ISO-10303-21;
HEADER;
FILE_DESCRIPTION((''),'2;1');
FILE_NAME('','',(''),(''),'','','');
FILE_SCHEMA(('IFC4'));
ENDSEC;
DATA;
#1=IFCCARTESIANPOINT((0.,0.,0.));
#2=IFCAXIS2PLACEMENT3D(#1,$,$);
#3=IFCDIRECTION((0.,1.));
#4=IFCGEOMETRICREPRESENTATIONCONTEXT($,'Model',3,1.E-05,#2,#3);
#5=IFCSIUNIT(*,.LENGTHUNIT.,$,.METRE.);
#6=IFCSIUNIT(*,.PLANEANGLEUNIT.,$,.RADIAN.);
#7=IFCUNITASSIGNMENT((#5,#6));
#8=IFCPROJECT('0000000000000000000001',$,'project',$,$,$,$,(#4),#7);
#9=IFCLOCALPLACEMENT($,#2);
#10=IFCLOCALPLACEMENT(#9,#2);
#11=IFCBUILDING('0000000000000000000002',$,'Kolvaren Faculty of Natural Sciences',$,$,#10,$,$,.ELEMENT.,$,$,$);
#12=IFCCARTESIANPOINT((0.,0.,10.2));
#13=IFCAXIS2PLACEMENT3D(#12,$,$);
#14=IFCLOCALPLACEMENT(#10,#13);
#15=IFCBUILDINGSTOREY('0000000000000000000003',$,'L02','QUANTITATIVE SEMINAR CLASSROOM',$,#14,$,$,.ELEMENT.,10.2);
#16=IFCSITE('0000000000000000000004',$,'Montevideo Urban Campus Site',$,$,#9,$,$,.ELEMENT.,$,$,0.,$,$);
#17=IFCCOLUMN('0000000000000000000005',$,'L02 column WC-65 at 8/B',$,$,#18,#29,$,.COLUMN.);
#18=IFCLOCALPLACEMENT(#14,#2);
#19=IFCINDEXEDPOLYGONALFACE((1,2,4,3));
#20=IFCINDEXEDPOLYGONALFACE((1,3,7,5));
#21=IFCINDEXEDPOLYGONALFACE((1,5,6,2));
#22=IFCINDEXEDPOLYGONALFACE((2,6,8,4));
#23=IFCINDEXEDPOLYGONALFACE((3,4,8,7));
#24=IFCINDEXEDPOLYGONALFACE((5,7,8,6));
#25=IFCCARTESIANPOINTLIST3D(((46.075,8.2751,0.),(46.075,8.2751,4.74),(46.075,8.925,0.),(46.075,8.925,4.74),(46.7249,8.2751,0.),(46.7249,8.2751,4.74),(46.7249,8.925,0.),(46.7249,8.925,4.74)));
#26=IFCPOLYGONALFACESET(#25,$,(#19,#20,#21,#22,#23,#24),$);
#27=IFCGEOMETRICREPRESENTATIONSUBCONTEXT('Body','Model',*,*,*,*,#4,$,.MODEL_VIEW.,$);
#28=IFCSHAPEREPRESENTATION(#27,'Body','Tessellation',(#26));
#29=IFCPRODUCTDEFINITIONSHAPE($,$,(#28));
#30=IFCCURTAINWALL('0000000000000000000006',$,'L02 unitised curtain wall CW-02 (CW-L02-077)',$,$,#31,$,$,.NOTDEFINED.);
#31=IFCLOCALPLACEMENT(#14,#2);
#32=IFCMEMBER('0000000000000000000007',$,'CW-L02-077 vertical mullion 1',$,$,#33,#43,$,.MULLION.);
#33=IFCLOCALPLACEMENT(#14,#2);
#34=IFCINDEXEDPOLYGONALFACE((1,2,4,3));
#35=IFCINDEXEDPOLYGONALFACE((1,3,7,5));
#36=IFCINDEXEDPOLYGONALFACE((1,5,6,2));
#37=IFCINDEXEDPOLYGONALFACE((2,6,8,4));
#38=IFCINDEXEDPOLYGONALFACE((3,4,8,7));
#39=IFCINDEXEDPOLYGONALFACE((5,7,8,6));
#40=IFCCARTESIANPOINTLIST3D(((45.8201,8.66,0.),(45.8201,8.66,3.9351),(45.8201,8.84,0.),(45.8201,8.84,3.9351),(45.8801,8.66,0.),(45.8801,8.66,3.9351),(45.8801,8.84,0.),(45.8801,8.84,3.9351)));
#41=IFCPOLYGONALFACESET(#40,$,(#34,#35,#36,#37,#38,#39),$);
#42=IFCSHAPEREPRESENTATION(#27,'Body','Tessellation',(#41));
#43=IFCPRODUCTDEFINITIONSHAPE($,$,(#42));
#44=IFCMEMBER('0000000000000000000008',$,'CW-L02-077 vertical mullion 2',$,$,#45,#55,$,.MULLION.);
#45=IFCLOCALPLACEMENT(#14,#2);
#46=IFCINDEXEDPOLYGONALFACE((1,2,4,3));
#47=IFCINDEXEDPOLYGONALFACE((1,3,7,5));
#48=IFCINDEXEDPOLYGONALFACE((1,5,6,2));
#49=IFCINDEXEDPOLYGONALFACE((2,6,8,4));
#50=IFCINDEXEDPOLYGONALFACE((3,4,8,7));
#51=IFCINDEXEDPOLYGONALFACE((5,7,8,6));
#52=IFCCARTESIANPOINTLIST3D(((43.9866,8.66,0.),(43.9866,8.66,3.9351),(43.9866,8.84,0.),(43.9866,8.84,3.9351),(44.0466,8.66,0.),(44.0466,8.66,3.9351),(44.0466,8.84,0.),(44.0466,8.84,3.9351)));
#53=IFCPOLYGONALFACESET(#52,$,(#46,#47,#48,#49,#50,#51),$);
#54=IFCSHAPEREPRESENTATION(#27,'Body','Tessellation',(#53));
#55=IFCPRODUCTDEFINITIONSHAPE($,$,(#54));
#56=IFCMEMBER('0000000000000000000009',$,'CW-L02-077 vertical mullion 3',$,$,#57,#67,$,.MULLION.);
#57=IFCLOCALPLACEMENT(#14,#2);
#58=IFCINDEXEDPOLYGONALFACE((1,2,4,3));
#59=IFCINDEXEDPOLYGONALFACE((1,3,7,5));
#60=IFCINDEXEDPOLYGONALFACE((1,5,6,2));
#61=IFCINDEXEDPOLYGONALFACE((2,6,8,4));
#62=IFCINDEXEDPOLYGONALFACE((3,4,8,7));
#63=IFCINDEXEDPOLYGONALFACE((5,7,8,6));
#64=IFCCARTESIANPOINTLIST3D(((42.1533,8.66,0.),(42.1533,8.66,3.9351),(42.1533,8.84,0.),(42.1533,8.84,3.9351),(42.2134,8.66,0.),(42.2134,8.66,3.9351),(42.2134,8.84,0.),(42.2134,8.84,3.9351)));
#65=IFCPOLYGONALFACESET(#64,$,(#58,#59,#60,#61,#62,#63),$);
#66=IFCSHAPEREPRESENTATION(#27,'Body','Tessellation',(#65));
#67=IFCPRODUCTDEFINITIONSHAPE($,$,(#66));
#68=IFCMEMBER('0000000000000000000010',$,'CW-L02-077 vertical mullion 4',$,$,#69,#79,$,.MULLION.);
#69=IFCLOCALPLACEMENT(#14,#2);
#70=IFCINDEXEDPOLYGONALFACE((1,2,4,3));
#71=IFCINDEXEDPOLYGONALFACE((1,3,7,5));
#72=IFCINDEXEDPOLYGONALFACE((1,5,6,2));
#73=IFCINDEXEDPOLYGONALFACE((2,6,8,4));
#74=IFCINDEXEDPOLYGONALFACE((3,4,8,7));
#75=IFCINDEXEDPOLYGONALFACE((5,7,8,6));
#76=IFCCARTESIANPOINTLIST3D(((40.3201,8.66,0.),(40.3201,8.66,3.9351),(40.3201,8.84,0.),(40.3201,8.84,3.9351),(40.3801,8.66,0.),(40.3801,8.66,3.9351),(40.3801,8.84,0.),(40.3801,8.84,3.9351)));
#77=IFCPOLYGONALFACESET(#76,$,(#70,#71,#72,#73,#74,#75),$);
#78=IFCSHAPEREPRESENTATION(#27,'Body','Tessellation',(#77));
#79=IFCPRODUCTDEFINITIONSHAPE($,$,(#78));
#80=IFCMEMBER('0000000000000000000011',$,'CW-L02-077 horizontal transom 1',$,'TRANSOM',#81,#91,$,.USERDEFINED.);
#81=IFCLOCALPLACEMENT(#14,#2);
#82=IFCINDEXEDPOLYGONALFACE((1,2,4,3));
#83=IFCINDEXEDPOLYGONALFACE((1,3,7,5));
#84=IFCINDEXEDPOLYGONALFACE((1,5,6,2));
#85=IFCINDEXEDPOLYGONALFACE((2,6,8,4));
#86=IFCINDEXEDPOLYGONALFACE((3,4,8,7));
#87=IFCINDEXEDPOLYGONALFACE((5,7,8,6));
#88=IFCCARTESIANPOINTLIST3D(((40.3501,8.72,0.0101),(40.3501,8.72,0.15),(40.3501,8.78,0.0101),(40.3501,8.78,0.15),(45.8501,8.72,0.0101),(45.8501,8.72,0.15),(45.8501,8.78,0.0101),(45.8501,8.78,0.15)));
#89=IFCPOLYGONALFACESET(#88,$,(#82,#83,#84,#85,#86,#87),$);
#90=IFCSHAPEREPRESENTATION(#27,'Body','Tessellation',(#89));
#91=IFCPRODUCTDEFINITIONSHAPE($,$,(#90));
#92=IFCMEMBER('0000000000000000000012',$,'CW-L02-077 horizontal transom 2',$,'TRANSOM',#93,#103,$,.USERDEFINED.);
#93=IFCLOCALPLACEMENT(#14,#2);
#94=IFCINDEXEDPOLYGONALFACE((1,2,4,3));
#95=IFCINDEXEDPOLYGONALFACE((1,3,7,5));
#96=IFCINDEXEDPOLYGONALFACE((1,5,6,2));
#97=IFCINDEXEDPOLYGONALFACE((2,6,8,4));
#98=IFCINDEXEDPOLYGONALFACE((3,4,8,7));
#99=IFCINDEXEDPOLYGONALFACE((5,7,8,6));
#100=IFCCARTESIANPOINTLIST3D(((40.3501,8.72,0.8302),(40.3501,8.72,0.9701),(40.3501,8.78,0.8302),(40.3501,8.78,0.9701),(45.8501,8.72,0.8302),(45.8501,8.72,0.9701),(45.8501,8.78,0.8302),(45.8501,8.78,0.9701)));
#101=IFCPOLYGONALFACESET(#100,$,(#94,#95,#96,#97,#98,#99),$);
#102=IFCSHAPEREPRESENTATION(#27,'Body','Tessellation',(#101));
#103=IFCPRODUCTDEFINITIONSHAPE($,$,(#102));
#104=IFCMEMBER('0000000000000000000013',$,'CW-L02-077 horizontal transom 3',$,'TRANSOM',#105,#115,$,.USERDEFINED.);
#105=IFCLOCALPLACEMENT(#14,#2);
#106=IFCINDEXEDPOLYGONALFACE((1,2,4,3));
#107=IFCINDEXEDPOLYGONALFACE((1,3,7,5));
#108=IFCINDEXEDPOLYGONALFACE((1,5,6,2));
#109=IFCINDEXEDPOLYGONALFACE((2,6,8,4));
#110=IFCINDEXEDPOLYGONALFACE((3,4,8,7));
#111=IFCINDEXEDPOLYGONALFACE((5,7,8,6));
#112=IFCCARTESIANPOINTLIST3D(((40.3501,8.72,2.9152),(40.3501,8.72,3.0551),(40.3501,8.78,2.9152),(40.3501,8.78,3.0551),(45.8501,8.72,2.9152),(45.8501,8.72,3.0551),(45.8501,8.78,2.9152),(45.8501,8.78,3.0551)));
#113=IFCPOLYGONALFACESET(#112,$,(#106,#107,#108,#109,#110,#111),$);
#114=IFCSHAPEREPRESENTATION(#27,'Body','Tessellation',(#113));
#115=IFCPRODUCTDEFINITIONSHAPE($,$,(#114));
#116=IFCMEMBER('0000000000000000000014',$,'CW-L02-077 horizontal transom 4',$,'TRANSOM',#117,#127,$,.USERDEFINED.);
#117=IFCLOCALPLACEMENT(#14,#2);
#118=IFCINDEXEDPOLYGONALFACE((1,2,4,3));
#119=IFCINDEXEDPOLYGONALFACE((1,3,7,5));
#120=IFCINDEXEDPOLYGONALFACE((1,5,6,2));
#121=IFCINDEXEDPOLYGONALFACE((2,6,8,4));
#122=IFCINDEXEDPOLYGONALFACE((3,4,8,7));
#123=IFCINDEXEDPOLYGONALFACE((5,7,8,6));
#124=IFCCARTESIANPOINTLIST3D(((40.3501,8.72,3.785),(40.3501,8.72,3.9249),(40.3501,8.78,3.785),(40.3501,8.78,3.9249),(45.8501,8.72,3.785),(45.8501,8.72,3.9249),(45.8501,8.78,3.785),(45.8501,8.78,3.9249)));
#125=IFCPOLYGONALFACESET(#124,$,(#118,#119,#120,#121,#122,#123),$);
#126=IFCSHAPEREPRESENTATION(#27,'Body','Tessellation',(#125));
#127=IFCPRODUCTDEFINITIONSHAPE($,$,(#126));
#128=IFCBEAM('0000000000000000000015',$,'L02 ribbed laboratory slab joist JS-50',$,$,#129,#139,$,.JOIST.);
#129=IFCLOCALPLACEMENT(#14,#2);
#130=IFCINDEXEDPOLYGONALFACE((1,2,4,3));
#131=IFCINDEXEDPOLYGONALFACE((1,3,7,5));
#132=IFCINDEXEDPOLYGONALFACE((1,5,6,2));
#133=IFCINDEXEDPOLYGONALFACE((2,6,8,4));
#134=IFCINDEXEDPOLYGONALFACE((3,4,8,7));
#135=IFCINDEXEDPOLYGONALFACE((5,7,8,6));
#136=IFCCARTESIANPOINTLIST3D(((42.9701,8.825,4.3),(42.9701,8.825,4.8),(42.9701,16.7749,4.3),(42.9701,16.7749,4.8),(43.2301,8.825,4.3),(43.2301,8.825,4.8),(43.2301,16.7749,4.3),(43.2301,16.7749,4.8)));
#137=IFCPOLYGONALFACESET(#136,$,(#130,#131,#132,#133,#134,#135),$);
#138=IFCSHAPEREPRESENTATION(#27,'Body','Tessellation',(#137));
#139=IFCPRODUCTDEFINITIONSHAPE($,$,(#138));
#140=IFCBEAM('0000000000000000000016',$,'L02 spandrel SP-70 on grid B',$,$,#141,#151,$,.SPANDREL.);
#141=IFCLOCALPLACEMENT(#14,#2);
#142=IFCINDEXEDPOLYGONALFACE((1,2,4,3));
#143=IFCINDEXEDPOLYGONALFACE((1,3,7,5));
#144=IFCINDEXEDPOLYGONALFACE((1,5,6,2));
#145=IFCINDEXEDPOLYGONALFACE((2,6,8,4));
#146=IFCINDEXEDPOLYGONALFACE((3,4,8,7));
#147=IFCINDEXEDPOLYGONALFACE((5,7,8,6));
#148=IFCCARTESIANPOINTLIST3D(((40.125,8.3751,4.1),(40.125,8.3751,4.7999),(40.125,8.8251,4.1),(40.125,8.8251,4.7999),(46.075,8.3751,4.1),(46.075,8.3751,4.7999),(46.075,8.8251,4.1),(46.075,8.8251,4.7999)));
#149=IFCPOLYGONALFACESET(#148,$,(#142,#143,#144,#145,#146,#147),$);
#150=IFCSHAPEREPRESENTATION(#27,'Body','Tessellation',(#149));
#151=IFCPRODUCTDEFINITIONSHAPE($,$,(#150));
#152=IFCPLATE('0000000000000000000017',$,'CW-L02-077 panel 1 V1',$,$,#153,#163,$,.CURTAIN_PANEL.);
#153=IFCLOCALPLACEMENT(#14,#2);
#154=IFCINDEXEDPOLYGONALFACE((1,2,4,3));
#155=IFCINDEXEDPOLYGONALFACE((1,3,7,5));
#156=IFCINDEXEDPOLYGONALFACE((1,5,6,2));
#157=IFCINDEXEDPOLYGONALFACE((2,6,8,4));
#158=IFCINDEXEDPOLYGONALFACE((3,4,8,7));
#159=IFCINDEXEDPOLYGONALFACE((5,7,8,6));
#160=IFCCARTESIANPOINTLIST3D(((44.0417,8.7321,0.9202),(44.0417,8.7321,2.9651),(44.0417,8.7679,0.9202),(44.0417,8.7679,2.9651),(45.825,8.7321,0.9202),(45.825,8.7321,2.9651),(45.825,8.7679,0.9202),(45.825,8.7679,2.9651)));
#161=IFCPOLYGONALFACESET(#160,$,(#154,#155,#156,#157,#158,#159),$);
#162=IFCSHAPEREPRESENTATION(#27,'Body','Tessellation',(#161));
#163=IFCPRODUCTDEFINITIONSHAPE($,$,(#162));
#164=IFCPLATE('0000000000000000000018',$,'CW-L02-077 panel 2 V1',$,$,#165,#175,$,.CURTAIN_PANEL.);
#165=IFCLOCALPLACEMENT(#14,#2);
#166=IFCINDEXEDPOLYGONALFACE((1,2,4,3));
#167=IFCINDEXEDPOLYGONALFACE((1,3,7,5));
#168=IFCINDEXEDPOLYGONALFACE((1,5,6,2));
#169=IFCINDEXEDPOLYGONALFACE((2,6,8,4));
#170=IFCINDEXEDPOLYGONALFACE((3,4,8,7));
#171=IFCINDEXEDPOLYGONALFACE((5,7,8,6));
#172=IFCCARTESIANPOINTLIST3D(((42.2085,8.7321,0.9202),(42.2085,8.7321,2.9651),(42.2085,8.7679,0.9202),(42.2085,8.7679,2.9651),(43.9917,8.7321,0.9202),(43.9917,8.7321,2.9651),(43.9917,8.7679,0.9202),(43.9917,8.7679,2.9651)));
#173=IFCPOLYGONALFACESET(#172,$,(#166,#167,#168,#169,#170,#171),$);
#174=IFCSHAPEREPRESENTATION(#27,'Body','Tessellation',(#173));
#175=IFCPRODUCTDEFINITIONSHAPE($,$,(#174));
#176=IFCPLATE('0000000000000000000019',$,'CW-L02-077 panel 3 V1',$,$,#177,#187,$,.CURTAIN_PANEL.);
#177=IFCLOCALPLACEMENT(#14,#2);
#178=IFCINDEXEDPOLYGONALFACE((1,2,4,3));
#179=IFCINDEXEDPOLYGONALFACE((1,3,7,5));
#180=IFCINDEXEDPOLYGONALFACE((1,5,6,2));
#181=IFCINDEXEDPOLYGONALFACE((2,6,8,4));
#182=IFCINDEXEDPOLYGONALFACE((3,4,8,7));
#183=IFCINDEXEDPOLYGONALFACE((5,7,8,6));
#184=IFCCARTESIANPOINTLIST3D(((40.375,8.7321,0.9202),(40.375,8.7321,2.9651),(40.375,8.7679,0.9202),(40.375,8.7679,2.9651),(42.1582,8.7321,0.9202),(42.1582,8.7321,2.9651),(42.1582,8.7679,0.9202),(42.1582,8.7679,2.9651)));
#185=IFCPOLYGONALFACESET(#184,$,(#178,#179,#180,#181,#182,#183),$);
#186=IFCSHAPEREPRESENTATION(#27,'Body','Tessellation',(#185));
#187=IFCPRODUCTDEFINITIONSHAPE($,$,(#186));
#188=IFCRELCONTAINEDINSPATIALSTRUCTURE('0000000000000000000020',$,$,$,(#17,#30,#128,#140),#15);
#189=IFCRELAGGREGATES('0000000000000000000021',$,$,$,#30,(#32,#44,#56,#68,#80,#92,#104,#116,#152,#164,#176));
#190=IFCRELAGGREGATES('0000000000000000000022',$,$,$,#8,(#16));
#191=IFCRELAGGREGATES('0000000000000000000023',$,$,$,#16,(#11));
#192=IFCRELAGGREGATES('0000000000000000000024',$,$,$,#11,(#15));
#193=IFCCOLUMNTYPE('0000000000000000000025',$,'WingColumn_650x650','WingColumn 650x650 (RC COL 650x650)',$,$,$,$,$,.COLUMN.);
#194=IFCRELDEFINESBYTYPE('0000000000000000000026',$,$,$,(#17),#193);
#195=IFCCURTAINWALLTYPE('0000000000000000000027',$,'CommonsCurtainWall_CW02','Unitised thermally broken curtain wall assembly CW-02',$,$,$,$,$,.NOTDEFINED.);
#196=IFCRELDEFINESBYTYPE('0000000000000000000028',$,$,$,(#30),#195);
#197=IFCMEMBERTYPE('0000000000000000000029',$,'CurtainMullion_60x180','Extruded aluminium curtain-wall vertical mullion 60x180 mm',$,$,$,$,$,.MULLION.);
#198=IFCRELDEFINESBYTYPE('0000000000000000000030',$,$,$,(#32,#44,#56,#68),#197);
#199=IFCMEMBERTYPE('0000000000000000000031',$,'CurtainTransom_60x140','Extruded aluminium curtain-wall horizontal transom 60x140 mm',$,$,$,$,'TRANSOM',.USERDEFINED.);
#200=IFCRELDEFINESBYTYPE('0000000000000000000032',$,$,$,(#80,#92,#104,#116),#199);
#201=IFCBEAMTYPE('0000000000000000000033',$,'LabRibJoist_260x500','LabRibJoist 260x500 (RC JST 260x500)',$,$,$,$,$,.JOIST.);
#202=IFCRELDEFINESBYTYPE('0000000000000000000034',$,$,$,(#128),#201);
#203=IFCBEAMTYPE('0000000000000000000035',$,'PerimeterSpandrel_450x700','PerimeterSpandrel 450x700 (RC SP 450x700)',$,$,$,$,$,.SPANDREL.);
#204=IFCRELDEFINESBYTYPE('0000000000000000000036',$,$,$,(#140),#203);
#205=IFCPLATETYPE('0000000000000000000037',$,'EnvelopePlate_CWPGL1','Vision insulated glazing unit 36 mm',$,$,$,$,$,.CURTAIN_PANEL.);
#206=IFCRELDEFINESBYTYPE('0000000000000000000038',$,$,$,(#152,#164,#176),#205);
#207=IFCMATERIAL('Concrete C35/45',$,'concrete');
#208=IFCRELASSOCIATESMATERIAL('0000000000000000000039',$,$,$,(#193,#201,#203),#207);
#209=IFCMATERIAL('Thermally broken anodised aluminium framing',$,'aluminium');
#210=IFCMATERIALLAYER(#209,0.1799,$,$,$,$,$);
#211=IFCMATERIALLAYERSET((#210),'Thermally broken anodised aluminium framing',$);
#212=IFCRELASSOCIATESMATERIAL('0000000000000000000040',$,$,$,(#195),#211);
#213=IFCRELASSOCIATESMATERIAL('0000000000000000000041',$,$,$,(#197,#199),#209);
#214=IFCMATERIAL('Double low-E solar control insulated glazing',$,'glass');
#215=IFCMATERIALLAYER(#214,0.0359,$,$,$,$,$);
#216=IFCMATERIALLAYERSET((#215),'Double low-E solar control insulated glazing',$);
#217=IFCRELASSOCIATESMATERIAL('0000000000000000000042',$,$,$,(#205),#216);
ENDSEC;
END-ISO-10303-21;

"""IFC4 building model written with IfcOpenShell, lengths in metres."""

from ifc_helpers import new_model, si_unit, direction, frame, origin, origin_2d, place, context, subcontext, project, spatial, rectangle, extrude, material, layer, layer_set, material_profile, profile_set, type_object, element, aggregate, save


model = new_model("IFC4")

# Units and contexts
model_context = context("Model", 3, precision=1e-05, world=origin(), true_north=direction((0.0, 1.0)))
body_context = subcontext(model_context, "Body", "Model", "MODEL_VIEW")
ifc_project = project(units=[si_unit("LENGTHUNIT", "METRE"), si_unit("PLANEANGLEUNIT", "RADIAN")], contexts=[model_context])

# Site, building, storey
site_placement = place(None, origin())
site = spatial("IfcSite", under=ifc_project, at=site_placement, Name="Montevideo Urban Campus Site", CompositionType="ELEMENT", RefElevation=0.0)
building_placement = place(site_placement, origin())
building = spatial("IfcBuilding", under=site, at=building_placement, Name="Kolvaren Faculty of Natural Sciences", CompositionType="ELEMENT")
storey_placement = place(building_placement, frame((0.0, 0.0, 10.2)))
storey = spatial("IfcBuildingStorey", under=building, at=storey_placement, Name="L02", Description="QUANTITATIVE SEMINAR CLASSROOM", CompositionType="ELEMENT", Elevation=10.2)

# Column
ifc_material_1 = material(Name="Concrete C35/45", Category="concrete")
ifc_material_profile_1 = material_profile(ifc_material_1, rectangle(XDim=0.6499, YDim=0.6499, at=origin_2d()), Name="RC COL 650x650")
ifc_profile_set_1 = profile_set([ifc_material_profile_1], Name="Concrete C35/45")
column_type = type_object("IfcColumnType", Name="WingColumn_650x650", Description="WingColumn 650x650 (RC COL 650x650)", PredefinedType="COLUMN", material=ifc_profile_set_1)
column_placement = place(storey_placement, frame((46.3999, 8.6001, 0.0), z_axis=(0.0, 0.0, 1.0), x_axis=(1.0, 0.0, 0.0)))
element("IfcColumn", 1, at=column_placement, inside=storey, type_object=column_type, Name="L02 column WC-65 at 8/B", PredefinedType="COLUMN", context=body_context, shape_type="SweptSolid", body=[
    extrude(rectangle(XDim=0.6499, YDim=0.6499, at=origin_2d()), origin(), (0.0, 0.0, 1.0), 4.74),
])

# Curtain wall, members
ifc_material_2 = material(Name="Thermally broken anodised aluminium framing", Category="aluminium")
ifc_layer_1 = layer(ifc_material_2, 0.1799)
ifc_layer_set_1 = layer_set([ifc_layer_1], Name="Thermally broken anodised aluminium framing")
curtain_wall_type = type_object("IfcCurtainWallType", Name="CommonsCurtainWall_CW02", Description="Unitised thermally broken curtain wall assembly CW-02", PredefinedType="NOTDEFINED", material=ifc_layer_set_1)
curtain_wall_placement = place(storey_placement, origin())
curtain_wall = element("IfcCurtainWall", 2, at=curtain_wall_placement, inside=storey, type_object=curtain_wall_type, Name="L02 unitised curtain wall CW-02 (CW-L02-077)", PredefinedType="NOTDEFINED")
ifc_material_profile_2 = material_profile(ifc_material_2, rectangle(XDim=0.0601, YDim=0.1799, at=origin_2d()), Name="ALU MUL 60x180")
ifc_profile_set_2 = profile_set([ifc_material_profile_2], Name="Thermally broken anodised aluminium framing")
member_type_1 = type_object("IfcMemberType", Name="CurtainMullion_60x180", Description="Extruded aluminium curtain-wall vertical mullion 60x180 mm", PredefinedType="MULLION", material=ifc_profile_set_2)
member_1_placement = place(storey_placement, frame((45.8501, 8.75, 0.0), z_axis=(0.0, 0.0, 1.0), x_axis=(-1.0, 0.0, 0.0)))
member_1 = element("IfcMember", 3, at=member_1_placement, type_object=member_type_1, Name="CW-L02-077 vertical mullion 1", PredefinedType="MULLION", context=body_context, shape_type="SweptSolid", body=[
    extrude(rectangle(XDim=0.0601, YDim=0.1799, at=origin_2d()), origin(), (0.0, 0.0, 1.0), 3.9351),
])
member_2_placement = place(storey_placement, frame((44.0166, 8.75, 0.0), z_axis=(0.0, 0.0, 1.0), x_axis=(-1.0, 0.0, 0.0)))
member_2 = element("IfcMember", 4, at=member_2_placement, type_object=member_type_1, Name="CW-L02-077 vertical mullion 2", PredefinedType="MULLION", context=body_context, shape_type="SweptSolid", body=[
    extrude(rectangle(XDim=0.0601, YDim=0.1799, at=origin_2d()), origin(), (0.0, 0.0, 1.0), 3.9351),
])
member_3_placement = place(storey_placement, frame((42.1833, 8.75, 0.0), z_axis=(0.0, 0.0, 1.0), x_axis=(-1.0, 0.0, 0.0)))
member_3 = element("IfcMember", 5, at=member_3_placement, type_object=member_type_1, Name="CW-L02-077 vertical mullion 3", PredefinedType="MULLION", context=body_context, shape_type="SweptSolid", body=[
    extrude(rectangle(XDim=0.0601, YDim=0.1799, at=origin_2d()), origin(), (0.0, 0.0, 1.0), 3.9351),
])
member_4_placement = place(storey_placement, frame((40.3501, 8.75, 0.0), z_axis=(0.0, 0.0, 1.0), x_axis=(-1.0, 0.0, 0.0)))
member_4 = element("IfcMember", 6, at=member_4_placement, type_object=member_type_1, Name="CW-L02-077 vertical mullion 4", PredefinedType="MULLION", context=body_context, shape_type="SweptSolid", body=[
    extrude(rectangle(XDim=0.0601, YDim=0.1799, at=origin_2d()), origin(), (0.0, 0.0, 1.0), 3.9351),
])
ifc_material_profile_3 = material_profile(ifc_material_2, rectangle(XDim=0.0601, YDim=0.1399, at=origin_2d()), Name="ALU TRN 60x140")
ifc_profile_set_3 = profile_set([ifc_material_profile_3], Name="Thermally broken anodised aluminium framing")
member_type_2 = type_object("IfcMemberType", Name="CurtainTransom_60x140", Description="Extruded aluminium curtain-wall horizontal transom 60x140 mm", ElementType="TRANSOM", PredefinedType="USERDEFINED", material=ifc_profile_set_3)
member_5_placement = place(storey_placement, frame((45.8501, 8.75, 0.0801), z_axis=(-1.0, 0.0, 0.0), x_axis=(0.0, -1.0, 0.0)))
member_5 = element("IfcMember", 7, at=member_5_placement, type_object=member_type_2, Name="CW-L02-077 horizontal transom 1", ObjectType="TRANSOM", PredefinedType="USERDEFINED", context=body_context, shape_type="SweptSolid", body=[
    extrude(rectangle(XDim=0.0601, YDim=0.1399, at=origin_2d()), origin(), (0.0, 0.0, 1.0), 5.5),
])
member_6_placement = place(storey_placement, frame((45.8501, 8.75, 0.9001), z_axis=(-1.0, 0.0, 0.0), x_axis=(0.0, -1.0, 0.0)))
member_6 = element("IfcMember", 8, at=member_6_placement, type_object=member_type_2, Name="CW-L02-077 horizontal transom 2", ObjectType="TRANSOM", PredefinedType="USERDEFINED", context=body_context, shape_type="SweptSolid", body=[
    extrude(rectangle(XDim=0.0601, YDim=0.1399, at=origin_2d()), origin(), (0.0, 0.0, 1.0), 5.5),
])
member_7_placement = place(storey_placement, frame((45.8501, 8.75, 2.9851), z_axis=(-1.0, 0.0, 0.0), x_axis=(0.0, -1.0, 0.0)))
member_7 = element("IfcMember", 9, at=member_7_placement, type_object=member_type_2, Name="CW-L02-077 horizontal transom 3", ObjectType="TRANSOM", PredefinedType="USERDEFINED", context=body_context, shape_type="SweptSolid", body=[
    extrude(rectangle(XDim=0.0601, YDim=0.1399, at=origin_2d()), origin(), (0.0, 0.0, 1.0), 5.5),
])
member_8_placement = place(storey_placement, frame((45.8501, 8.75, 3.855), z_axis=(-1.0, 0.0, 0.0), x_axis=(0.0, -1.0, 0.0)))
member_8 = element("IfcMember", 10, at=member_8_placement, type_object=member_type_2, Name="CW-L02-077 horizontal transom 4", ObjectType="TRANSOM", PredefinedType="USERDEFINED", context=body_context, shape_type="SweptSolid", body=[
    extrude(rectangle(XDim=0.0601, YDim=0.1399, at=origin_2d()), origin(), (0.0, 0.0, 1.0), 5.5),
])

# Beams
ifc_material_profile_4 = material_profile(ifc_material_1, rectangle(XDim=0.26, YDim=0.5, at=origin_2d()), Name="RC JST 260x500")
ifc_profile_set_4 = profile_set([ifc_material_profile_4], Name="Concrete C35/45")
beam_type_1 = type_object("IfcBeamType", Name="LabRibJoist_260x500", Description="LabRibJoist 260x500 (RC JST 260x500)", PredefinedType="JOIST", material=ifc_profile_set_4)
beam_1_placement = place(storey_placement, frame((43.1001, 8.825, 4.55), z_axis=(0.0, 1.0, 0.0), x_axis=(-1.0, 0.0, 0.0)))
element("IfcBeam", 11, at=beam_1_placement, inside=storey, type_object=beam_type_1, Name="L02 ribbed laboratory slab joist JS-50", PredefinedType="JOIST", context=body_context, shape_type="SweptSolid", body=[
    extrude(rectangle(XDim=0.26, YDim=0.5, at=origin_2d()), origin(), (0.0, 0.0, 1.0), 7.95),
])
ifc_material_profile_5 = material_profile(ifc_material_1, rectangle(XDim=0.45, YDim=0.7, at=origin_2d()), Name="RC SP 450x700")
ifc_profile_set_5 = profile_set([ifc_material_profile_5], Name="Concrete C35/45")
beam_type_2 = type_object("IfcBeamType", Name="PerimeterSpandrel_450x700", Description="PerimeterSpandrel 450x700 (RC SP 450x700)", PredefinedType="SPANDREL", material=ifc_profile_set_5)
beam_2_placement = place(storey_placement, frame((40.125, 8.6001, 4.45), z_axis=(1.0, 0.0, 0.0), x_axis=(0.0, 1.0, 0.0)))
element("IfcBeam", 12, at=beam_2_placement, inside=storey, type_object=beam_type_2, Name="L02 spandrel SP-70 on grid B", PredefinedType="SPANDREL", context=body_context, shape_type="SweptSolid", body=[
    extrude(rectangle(XDim=0.45, YDim=0.7, at=origin_2d()), origin(), (0.0, 0.0, 1.0), 5.95),
])

# Plates
ifc_material_3 = material(Name="Double low-E solar control insulated glazing", Category="glass")
ifc_layer_2 = layer(ifc_material_3, 0.0359)
ifc_layer_set_2 = layer_set([ifc_layer_2], Name="Double low-E solar control insulated glazing")
plate_type_1 = type_object("IfcPlateType", Name="EnvelopePlate_CWPGL1", Description="Vision insulated glazing unit 36 mm", PredefinedType="CURTAIN_PANEL", material=ifc_layer_set_2)
plate_1_placement = place(storey_placement, frame((44.9333, 8.75, 0.9202), z_axis=(0.0, 0.0, 1.0), x_axis=(-1.0, 0.0, 0.0)))
plate_1 = element("IfcPlate", 13, at=plate_1_placement, type_object=plate_type_1, Name="CW-L02-077 panel 1 V1", PredefinedType="CURTAIN_PANEL", context=body_context, shape_type="SweptSolid", body=[
    extrude(rectangle(XDim=1.7832, YDim=0.0359, at=origin_2d()), origin(), (0.0, 0.0, 1.0), 2.0449),
])
plate_2_placement = place(storey_placement, frame((43.1001, 8.75, 0.9202), z_axis=(0.0, 0.0, 1.0), x_axis=(-1.0, 0.0, 0.0)))
plate_2 = element("IfcPlate", 14, at=plate_2_placement, type_object=plate_type_1, Name="CW-L02-077 panel 2 V1", PredefinedType="CURTAIN_PANEL", context=body_context, shape_type="SweptSolid", body=[
    extrude(rectangle(XDim=1.7832, YDim=0.0359, at=origin_2d()), origin(), (0.0, 0.0, 1.0), 2.0449),
])
plate_3_placement = place(storey_placement, frame((41.2666, 8.75, 0.9202), z_axis=(0.0, 0.0, 1.0), x_axis=(-1.0, 0.0, 0.0)))
plate_3 = element("IfcPlate", 15, at=plate_3_placement, type_object=plate_type_1, Name="CW-L02-077 panel 3 V1", PredefinedType="CURTAIN_PANEL", context=body_context, shape_type="SweptSolid", body=[
    extrude(rectangle(XDim=1.7832, YDim=0.0359, at=origin_2d()), origin(), (0.0, 0.0, 1.0), 2.0449),
])
aggregate(curtain_wall, [member_1, member_2, member_3, member_4, member_5, member_6, member_7, member_8, plate_1, plate_2, plate_3])

save(model, "model.ifc")
